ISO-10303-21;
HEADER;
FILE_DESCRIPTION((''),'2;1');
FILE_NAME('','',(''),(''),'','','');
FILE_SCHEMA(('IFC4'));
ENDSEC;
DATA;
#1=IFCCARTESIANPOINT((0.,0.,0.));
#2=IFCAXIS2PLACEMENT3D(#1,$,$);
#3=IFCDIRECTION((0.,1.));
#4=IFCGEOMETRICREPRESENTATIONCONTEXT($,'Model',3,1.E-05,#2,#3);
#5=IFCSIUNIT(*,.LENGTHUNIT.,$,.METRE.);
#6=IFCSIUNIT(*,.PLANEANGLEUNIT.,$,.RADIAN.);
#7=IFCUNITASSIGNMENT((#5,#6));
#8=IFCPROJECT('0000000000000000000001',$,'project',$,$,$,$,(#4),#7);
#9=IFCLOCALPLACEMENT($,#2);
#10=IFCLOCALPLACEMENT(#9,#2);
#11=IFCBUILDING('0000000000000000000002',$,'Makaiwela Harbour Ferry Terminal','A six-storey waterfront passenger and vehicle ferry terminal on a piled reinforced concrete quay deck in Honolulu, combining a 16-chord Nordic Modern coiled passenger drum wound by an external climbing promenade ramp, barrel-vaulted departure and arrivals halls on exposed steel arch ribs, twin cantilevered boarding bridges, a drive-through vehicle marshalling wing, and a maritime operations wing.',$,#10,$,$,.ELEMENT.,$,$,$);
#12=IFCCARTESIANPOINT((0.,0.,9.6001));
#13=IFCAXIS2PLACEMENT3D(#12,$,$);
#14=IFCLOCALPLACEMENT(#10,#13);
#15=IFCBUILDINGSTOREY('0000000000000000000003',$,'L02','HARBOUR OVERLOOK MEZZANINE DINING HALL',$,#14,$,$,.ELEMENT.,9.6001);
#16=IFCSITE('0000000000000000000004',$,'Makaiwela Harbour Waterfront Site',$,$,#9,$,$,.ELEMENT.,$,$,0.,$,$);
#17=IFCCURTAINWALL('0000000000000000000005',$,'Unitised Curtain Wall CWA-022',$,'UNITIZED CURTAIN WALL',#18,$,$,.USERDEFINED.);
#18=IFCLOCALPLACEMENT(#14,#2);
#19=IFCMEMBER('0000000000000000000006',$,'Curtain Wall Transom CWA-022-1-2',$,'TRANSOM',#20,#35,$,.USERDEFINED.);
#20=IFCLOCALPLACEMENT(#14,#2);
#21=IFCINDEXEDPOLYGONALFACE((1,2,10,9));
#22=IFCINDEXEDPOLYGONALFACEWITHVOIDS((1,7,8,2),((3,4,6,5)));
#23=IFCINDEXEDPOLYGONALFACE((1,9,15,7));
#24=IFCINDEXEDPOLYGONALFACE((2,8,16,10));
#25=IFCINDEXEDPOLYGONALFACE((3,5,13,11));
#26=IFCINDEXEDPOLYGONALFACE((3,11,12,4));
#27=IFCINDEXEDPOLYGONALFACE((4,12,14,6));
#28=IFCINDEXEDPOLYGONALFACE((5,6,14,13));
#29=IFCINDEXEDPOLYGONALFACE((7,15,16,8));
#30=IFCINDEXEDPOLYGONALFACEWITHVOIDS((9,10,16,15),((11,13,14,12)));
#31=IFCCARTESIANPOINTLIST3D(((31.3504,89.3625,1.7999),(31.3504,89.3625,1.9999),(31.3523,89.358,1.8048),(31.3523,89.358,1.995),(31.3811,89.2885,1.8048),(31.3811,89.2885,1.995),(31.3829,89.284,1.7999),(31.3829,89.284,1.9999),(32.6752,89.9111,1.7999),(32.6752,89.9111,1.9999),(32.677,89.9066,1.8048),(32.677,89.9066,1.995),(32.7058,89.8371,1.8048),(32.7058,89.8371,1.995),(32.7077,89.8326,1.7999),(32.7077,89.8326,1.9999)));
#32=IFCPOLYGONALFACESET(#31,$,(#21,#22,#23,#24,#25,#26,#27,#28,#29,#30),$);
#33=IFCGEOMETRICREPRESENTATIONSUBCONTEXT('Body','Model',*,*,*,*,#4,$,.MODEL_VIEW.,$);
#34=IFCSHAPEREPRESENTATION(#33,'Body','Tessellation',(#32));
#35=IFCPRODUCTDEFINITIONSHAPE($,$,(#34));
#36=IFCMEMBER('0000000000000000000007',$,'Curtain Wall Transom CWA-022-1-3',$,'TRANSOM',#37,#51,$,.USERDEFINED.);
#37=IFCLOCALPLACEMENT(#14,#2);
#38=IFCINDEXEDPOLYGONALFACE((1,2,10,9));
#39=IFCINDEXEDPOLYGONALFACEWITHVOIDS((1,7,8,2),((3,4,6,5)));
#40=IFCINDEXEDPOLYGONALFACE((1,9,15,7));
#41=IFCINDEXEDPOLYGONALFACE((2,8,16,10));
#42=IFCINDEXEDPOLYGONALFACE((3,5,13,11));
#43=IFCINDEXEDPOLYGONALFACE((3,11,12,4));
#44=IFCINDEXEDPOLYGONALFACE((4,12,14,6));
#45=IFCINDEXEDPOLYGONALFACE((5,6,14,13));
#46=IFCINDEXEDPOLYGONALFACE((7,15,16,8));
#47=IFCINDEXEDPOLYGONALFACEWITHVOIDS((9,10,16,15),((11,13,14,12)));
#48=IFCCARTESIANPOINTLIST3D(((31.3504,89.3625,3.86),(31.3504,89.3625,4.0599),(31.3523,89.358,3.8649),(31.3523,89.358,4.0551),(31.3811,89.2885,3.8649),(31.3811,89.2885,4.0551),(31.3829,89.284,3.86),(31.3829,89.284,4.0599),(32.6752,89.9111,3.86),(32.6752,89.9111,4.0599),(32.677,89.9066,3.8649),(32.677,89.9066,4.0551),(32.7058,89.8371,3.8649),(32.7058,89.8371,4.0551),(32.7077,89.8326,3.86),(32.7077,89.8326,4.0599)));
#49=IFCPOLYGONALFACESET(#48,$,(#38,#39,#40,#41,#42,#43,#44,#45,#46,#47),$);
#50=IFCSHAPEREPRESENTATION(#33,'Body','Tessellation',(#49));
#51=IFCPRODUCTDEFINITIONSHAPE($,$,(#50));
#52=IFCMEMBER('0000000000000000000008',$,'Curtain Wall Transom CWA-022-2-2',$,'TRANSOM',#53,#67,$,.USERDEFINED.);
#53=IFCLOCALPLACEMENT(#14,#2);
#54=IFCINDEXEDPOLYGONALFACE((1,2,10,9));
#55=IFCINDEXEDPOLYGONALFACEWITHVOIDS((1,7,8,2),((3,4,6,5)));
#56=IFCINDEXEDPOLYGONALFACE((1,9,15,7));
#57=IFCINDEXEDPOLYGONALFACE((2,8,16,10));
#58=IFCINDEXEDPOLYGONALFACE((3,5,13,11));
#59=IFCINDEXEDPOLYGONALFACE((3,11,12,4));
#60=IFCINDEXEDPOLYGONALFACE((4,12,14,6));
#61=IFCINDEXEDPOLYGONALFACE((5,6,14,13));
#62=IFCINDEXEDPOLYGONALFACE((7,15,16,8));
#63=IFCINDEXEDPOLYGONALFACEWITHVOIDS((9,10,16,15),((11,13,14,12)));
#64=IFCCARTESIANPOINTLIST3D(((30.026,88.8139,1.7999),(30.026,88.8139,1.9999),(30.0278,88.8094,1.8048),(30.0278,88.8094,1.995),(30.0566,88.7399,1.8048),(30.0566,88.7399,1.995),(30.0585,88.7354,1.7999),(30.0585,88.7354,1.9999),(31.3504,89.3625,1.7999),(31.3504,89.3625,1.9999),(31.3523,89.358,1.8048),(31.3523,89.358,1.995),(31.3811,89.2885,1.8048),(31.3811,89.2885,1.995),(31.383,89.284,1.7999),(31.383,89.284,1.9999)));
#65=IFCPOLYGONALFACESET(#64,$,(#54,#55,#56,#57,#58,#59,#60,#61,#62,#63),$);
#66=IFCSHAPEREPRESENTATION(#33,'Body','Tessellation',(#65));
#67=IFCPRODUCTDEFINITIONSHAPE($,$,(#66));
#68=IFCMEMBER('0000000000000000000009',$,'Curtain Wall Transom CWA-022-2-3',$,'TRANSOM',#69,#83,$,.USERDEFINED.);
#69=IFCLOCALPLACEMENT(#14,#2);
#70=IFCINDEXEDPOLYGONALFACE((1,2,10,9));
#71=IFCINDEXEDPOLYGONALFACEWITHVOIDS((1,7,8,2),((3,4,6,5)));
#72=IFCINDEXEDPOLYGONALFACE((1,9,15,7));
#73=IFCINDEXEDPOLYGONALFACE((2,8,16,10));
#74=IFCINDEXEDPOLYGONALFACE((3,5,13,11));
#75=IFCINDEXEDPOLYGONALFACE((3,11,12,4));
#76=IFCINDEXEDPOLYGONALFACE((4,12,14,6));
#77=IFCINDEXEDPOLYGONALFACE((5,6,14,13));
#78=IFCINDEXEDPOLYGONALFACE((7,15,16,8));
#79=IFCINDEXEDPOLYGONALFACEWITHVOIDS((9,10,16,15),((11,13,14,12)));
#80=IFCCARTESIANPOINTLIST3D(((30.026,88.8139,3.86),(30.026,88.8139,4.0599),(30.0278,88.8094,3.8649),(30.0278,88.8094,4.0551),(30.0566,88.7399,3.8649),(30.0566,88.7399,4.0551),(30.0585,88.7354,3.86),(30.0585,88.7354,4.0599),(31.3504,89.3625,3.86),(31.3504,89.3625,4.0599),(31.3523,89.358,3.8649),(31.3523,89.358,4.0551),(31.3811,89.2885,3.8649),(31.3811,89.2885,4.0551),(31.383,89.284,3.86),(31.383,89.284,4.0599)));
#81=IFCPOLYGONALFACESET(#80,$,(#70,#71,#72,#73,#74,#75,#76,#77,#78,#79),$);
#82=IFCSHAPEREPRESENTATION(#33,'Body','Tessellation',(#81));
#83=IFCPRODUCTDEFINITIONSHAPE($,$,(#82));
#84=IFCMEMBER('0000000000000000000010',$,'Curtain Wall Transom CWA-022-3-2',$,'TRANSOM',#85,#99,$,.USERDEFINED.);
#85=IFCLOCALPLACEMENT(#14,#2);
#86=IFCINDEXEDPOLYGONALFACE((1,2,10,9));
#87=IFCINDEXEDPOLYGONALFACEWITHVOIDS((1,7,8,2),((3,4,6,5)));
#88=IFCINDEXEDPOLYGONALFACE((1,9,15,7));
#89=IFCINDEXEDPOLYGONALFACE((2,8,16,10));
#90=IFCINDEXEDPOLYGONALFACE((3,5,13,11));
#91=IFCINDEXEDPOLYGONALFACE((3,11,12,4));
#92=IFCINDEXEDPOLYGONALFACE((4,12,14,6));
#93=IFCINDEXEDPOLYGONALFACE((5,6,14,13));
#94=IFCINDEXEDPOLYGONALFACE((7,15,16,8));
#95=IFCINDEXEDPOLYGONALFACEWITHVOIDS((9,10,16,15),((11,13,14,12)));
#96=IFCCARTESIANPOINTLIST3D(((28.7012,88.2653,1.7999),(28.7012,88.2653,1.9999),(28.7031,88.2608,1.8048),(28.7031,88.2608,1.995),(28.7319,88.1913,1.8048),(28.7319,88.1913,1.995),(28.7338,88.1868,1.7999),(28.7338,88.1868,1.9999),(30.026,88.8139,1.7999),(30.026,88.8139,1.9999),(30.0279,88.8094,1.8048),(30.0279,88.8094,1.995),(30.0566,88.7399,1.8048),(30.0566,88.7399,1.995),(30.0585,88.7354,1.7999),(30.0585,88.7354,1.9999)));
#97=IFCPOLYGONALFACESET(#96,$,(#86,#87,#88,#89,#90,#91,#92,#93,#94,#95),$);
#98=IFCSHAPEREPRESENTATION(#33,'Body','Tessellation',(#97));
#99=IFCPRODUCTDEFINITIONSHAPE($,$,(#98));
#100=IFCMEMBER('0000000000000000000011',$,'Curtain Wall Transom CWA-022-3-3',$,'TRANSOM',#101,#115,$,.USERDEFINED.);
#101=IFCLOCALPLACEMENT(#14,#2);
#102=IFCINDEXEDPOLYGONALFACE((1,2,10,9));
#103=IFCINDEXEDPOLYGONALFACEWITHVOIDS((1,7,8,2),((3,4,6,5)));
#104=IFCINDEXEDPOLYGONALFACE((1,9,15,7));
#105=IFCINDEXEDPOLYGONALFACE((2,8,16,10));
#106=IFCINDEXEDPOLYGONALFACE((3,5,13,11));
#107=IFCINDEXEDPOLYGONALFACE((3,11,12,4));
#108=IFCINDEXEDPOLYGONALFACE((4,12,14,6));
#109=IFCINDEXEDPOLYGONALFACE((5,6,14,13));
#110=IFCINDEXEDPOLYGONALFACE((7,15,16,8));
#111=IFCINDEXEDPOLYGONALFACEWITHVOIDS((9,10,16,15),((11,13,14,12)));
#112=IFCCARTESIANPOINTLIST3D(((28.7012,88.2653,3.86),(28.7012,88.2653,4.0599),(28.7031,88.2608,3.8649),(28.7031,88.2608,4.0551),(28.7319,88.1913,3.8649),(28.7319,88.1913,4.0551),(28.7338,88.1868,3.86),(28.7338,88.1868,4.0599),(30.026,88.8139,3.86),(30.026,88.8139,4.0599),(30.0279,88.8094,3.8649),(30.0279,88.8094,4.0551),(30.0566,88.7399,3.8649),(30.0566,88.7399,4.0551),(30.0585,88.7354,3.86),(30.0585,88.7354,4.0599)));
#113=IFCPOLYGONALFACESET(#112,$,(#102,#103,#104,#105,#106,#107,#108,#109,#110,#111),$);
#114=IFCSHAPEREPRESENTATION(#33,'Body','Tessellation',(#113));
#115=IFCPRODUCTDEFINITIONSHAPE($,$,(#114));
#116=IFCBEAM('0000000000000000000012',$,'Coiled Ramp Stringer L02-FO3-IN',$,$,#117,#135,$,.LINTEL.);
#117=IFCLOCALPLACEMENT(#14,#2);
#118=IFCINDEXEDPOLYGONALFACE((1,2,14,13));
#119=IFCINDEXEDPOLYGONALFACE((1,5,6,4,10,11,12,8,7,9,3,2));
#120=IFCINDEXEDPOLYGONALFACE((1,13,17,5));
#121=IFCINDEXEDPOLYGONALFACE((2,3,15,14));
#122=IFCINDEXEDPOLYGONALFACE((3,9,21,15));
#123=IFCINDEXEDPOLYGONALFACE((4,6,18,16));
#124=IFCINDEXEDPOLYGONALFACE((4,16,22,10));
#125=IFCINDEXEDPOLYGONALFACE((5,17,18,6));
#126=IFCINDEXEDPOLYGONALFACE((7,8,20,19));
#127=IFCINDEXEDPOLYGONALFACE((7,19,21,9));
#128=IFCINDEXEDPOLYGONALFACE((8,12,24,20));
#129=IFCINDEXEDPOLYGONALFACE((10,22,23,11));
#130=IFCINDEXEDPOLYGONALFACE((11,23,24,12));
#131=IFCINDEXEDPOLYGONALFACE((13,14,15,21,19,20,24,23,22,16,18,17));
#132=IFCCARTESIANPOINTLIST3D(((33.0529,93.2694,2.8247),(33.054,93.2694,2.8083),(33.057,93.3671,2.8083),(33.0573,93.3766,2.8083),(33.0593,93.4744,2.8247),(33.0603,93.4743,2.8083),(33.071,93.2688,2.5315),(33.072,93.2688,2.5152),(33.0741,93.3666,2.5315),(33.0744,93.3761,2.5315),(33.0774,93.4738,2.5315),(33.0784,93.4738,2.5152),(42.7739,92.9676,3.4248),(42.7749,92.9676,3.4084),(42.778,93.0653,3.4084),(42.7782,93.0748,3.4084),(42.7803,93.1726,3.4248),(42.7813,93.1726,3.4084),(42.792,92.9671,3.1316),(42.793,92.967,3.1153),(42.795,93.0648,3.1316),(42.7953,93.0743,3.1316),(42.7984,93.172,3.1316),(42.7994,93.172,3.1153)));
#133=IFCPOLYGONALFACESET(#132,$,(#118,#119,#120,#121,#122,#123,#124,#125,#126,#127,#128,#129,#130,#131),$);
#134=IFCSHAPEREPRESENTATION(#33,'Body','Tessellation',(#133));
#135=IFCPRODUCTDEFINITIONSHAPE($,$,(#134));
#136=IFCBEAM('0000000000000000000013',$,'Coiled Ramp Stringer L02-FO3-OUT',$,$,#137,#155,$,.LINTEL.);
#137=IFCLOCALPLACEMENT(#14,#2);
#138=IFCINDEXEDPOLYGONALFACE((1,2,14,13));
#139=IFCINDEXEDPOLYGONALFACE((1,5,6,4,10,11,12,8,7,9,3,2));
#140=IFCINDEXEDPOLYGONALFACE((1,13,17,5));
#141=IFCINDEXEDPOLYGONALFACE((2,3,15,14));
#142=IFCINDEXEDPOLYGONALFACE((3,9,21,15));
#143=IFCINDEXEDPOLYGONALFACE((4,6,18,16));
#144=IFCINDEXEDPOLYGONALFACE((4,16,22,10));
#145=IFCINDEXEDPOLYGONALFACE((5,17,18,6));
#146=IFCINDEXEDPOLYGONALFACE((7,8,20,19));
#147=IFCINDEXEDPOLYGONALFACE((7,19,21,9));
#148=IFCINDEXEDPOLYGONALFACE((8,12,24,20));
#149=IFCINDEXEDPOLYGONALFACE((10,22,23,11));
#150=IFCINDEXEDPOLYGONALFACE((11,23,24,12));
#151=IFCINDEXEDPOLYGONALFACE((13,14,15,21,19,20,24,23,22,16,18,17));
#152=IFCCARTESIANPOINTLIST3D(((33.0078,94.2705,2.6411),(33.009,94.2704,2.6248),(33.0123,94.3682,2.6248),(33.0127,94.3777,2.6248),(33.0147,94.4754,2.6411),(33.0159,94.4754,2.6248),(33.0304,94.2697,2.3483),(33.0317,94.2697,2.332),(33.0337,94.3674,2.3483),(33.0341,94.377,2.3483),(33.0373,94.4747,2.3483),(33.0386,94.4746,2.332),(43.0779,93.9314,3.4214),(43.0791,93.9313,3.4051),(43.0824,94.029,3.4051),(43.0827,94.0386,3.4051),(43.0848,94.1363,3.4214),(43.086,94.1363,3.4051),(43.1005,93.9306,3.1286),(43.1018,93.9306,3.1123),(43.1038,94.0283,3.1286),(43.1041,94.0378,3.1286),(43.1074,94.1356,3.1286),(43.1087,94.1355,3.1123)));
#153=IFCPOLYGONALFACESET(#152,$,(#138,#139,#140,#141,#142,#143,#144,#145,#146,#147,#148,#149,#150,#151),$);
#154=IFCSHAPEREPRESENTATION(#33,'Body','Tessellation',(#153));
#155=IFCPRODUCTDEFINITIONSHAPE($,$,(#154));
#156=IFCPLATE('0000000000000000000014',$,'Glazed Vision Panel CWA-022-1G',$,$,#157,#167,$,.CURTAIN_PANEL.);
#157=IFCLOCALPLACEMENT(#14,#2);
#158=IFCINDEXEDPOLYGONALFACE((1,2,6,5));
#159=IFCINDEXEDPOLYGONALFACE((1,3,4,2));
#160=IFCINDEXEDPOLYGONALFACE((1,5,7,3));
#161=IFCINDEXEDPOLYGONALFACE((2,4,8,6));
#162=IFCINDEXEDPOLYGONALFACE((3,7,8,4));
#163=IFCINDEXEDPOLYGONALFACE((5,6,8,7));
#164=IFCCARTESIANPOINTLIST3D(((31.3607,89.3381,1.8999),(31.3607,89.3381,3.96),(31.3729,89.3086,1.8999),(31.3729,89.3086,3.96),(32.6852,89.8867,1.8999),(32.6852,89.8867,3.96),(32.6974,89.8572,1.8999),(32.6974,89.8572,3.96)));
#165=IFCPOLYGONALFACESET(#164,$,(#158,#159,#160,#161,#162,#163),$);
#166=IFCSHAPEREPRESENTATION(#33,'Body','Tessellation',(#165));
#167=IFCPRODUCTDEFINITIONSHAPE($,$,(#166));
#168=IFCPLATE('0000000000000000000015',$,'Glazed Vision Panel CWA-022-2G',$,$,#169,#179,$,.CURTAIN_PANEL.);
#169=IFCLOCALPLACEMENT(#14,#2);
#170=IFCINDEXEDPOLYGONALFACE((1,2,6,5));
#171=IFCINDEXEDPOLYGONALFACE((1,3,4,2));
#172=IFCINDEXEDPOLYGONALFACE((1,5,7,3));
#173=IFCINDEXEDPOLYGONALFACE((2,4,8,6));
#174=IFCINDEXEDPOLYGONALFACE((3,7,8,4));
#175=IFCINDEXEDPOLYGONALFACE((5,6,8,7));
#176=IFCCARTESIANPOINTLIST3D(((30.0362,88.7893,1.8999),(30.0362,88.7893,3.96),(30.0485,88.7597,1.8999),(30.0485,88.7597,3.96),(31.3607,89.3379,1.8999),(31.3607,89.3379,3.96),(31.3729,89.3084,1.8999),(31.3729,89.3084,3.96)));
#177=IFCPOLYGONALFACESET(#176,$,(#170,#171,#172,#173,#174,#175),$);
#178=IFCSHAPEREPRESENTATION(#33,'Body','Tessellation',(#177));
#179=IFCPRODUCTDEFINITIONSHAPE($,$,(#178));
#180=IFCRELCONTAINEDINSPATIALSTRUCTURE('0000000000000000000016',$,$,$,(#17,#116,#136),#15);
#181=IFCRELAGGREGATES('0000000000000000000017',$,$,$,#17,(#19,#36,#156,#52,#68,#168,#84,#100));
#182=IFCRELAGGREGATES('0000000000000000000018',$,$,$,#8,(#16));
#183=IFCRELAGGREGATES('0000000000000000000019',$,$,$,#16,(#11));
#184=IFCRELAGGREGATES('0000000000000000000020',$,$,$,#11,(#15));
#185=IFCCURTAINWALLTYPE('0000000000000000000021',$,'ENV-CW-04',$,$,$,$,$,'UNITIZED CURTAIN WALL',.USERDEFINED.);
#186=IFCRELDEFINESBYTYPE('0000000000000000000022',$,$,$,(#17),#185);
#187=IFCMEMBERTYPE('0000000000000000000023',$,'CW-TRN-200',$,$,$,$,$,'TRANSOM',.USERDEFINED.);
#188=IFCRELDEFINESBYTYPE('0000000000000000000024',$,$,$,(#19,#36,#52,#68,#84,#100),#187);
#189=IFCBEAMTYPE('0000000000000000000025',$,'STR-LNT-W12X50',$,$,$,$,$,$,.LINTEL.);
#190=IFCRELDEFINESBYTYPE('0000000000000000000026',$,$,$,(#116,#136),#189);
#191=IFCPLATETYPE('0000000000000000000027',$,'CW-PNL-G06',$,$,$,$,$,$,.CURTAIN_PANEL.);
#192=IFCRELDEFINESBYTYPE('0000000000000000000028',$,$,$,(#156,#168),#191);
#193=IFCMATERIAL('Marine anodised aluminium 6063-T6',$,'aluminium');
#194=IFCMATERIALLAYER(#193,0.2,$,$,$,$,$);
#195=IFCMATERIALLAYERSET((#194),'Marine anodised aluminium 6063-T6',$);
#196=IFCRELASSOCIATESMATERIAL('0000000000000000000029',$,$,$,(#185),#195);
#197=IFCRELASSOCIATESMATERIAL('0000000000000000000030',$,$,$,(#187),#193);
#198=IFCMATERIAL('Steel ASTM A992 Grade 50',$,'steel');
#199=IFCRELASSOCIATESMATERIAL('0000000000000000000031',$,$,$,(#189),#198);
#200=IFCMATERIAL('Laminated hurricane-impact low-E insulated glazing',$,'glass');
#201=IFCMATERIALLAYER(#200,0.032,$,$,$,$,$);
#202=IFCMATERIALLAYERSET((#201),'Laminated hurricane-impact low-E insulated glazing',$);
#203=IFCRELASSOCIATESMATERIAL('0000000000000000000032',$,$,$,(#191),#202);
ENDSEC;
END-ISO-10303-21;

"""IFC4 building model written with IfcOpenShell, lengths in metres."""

from ifc_helpers import new_model, si_unit, direction, frame, origin, origin_2d, place, context, subcontext, project, spatial, rectangle, hollow_rectangle, i_section, extrude, material, layer, layer_set, material_profile, profile_set, type_object, element, aggregate, save


model = new_model("IFC4")

# Units and contexts
model_context = context("Model", 3, precision=1e-05, world=origin(), true_north=direction((0.0, 1.0)))
body_context = subcontext(model_context, "Body", "Model", "MODEL_VIEW")
ifc_project = project(units=[si_unit("LENGTHUNIT", "METRE"), si_unit("PLANEANGLEUNIT", "RADIAN")], contexts=[model_context])

# Site, building, storey
site_placement = place(None, origin())
site = spatial("IfcSite", under=ifc_project, at=site_placement, Name="Makaiwela Harbour Waterfront Site", CompositionType="ELEMENT", RefElevation=0.0)
building_placement = place(site_placement, origin())
building = spatial("IfcBuilding", under=site, at=building_placement, Name="Makaiwela Harbour Ferry Terminal", Description="A six-storey waterfront passenger and vehicle ferry terminal on a piled reinforced concrete quay deck in Honolulu, combining a 16-chord Nordic Modern coiled passenger drum wound by an external climbing promenade ramp, barrel-vaulted departure and arrivals halls on exposed steel arch ribs, twin cantilevered boarding bridges, a drive-through vehicle marshalling wing, and a maritime operations wing.", CompositionType="ELEMENT")
storey_placement = place(building_placement, frame((0.0, 0.0, 9.6001)))
storey = spatial("IfcBuildingStorey", under=building, at=storey_placement, Name="L02", Description="HARBOUR OVERLOOK MEZZANINE DINING HALL", CompositionType="ELEMENT", Elevation=9.6001)

# Curtain wall, members
ifc_material_1 = material(Name="Marine anodised aluminium 6063-T6", Category="aluminium")
ifc_layer_1 = layer(ifc_material_1, 0.2)
ifc_layer_set_1 = layer_set([ifc_layer_1], Name="Marine anodised aluminium 6063-T6")
curtain_wall_type = type_object("IfcCurtainWallType", Name="ENV-CW-04", ElementType="UNITIZED CURTAIN WALL", PredefinedType="USERDEFINED", material=ifc_layer_set_1)
curtain_wall_placement = place(storey_placement, origin())
curtain_wall = element("IfcCurtainWall", 1, at=curtain_wall_placement, inside=storey, type_object=curtain_wall_type, Name="Unitised Curtain Wall CWA-022", ObjectType="UNITIZED CURTAIN WALL", PredefinedType="USERDEFINED")
ifc_material_profile_1 = material_profile(ifc_material_1, hollow_rectangle(XDim=0.085, YDim=0.2, WallThickness=0.0049, at=origin_2d()), Name="CWT-200X85")
ifc_profile_set_1 = profile_set([ifc_material_profile_1], Name="Marine anodised aluminium 6063-T6")
member_type = type_object("IfcMemberType", Name="CW-TRN-200", ElementType="TRANSOM", PredefinedType="USERDEFINED", material=ifc_profile_set_1)
member_1_placement = place(storey_placement, frame((32.6914, 89.8718, 1.8999), z_axis=(-0.923911, -0.382607, 0.0), x_axis=(0.382607, -0.923911, 0.0)))
member_1 = element("IfcMember", 2, at=member_1_placement, type_object=member_type, Name="Curtain Wall Transom CWA-022-1-2", ObjectType="TRANSOM", PredefinedType="USERDEFINED", context=body_context, shape_type="SweptSolid", body=[
    extrude(hollow_rectangle(XDim=0.085, YDim=0.2, WallThickness=0.0049, at=origin_2d()), origin(), (0.0, 0.0, 1.0), 1.4338),
])
member_2_placement = place(storey_placement, frame((32.6914, 89.8718, 3.96), z_axis=(-0.923911, -0.382607, 0.0), x_axis=(0.382607, -0.923911, 0.0)))
member_2 = element("IfcMember", 3, at=member_2_placement, type_object=member_type, Name="Curtain Wall Transom CWA-022-1-3", ObjectType="TRANSOM", PredefinedType="USERDEFINED", context=body_context, shape_type="SweptSolid", body=[
    extrude(hollow_rectangle(XDim=0.085, YDim=0.2, WallThickness=0.0049, at=origin_2d()), origin(), (0.0, 0.0, 1.0), 1.4338),
])
member_3_placement = place(storey_placement, frame((31.3667, 89.3232, 1.8999), z_axis=(-0.923886, -0.382668, 0.0), x_axis=(0.382668, -0.923886, 0.0)))
member_3 = element("IfcMember", 4, at=member_3_placement, type_object=member_type, Name="Curtain Wall Transom CWA-022-2-2", ObjectType="TRANSOM", PredefinedType="USERDEFINED", context=body_context, shape_type="SweptSolid", body=[
    extrude(hollow_rectangle(XDim=0.085, YDim=0.2, WallThickness=0.0049, at=origin_2d()), origin(), (0.0, 0.0, 1.0), 1.4336),
])
member_4_placement = place(storey_placement, frame((31.3667, 89.3232, 3.96), z_axis=(-0.923886, -0.382668, 0.0), x_axis=(0.382668, -0.923886, 0.0)))
member_4 = element("IfcMember", 5, at=member_4_placement, type_object=member_type, Name="Curtain Wall Transom CWA-022-2-3", ObjectType="TRANSOM", PredefinedType="USERDEFINED", context=body_context, shape_type="SweptSolid", body=[
    extrude(hollow_rectangle(XDim=0.085, YDim=0.2, WallThickness=0.0049, at=origin_2d()), origin(), (0.0, 0.0, 1.0), 1.4336),
])
member_5_placement = place(storey_placement, frame((30.0422, 88.7747, 1.8999), z_axis=(-0.923911, -0.382607, 0.0), x_axis=(0.382607, -0.923911, 0.0)))
member_5 = element("IfcMember", 6, at=member_5_placement, type_object=member_type, Name="Curtain Wall Transom CWA-022-3-2", ObjectType="TRANSOM", PredefinedType="USERDEFINED", context=body_context, shape_type="SweptSolid", body=[
    extrude(hollow_rectangle(XDim=0.085, YDim=0.2, WallThickness=0.0049, at=origin_2d()), origin(), (0.0, 0.0, 1.0), 1.4338),
])
member_6_placement = place(storey_placement, frame((30.0422, 88.7747, 3.96), z_axis=(-0.923911, -0.382607, 0.0), x_axis=(0.382607, -0.923911, 0.0)))
member_6 = element("IfcMember", 7, at=member_6_placement, type_object=member_type, Name="Curtain Wall Transom CWA-022-3-3", ObjectType="TRANSOM", PredefinedType="USERDEFINED", context=body_context, shape_type="SweptSolid", body=[
    extrude(hollow_rectangle(XDim=0.085, YDim=0.2, WallThickness=0.0049, at=origin_2d()), origin(), (0.0, 0.0, 1.0), 1.4338),
])

# Beams
ifc_material_2 = material(Name="Steel ASTM A992 Grade 50", Category="steel")
ifc_material_profile_2 = material_profile(ifc_material_2, i_section(OverallWidth=0.2051, OverallDepth=0.3101, WebThickness=0.0095, FlangeThickness=0.0164, at=origin_2d()), Name="W12X50")
ifc_profile_set_2 = profile_set([ifc_material_profile_2], Name="Steel ASTM A992 Grade 50")
beam_type = type_object("IfcBeamType", Name="STR-LNT-W12X50", PredefinedType="LINTEL", material=ifc_profile_set_2)
beam_1_placement = place(storey_placement, frame((33.0657, 93.3716, 2.6699), z_axis=(0.997621, -0.030968, 0.061586), x_axis=(0.031027, 0.999519, 0.0)))
element("IfcBeam", 8, at=beam_1_placement, inside=storey, type_object=beam_type, Name="Coiled Ramp Stringer L02-FO3-IN", PredefinedType="LINTEL", context=body_context, shape_type="SweptSolid", body=[
    extrude(i_section(OverallWidth=0.2051, OverallDepth=0.3101, WebThickness=0.0095, FlangeThickness=0.0164, at=origin_2d()), origin(), (0.0, 0.0, 1.0), 9.7441),
])
beam_2_placement = place(storey_placement, frame((33.0232, 94.3726, 2.4866), z_axis=(0.99645, -0.033556, 0.077209), x_axis=(0.033656, 0.999433, 0.0)))
element("IfcBeam", 9, at=beam_2_placement, inside=storey, type_object=beam_type, Name="Coiled Ramp Stringer L02-FO3-OUT", PredefinedType="LINTEL", context=body_context, shape_type="SweptSolid", body=[
    extrude(i_section(OverallWidth=0.2051, OverallDepth=0.3101, WebThickness=0.0095, FlangeThickness=0.0164, at=origin_2d()), origin(), (0.0, 0.0, 1.0), 10.106),
])

# Plates
ifc_material_3 = material(Name="Laminated hurricane-impact low-E insulated glazing", Category="glass")
ifc_layer_2 = layer(ifc_material_3, 0.032)
ifc_layer_set_2 = layer_set([ifc_layer_2], Name="Laminated hurricane-impact low-E insulated glazing")
plate_type_1 = type_object("IfcPlateType", Name="CW-PNL-G06", PredefinedType="CURTAIN_PANEL", material=ifc_layer_set_2)
plate_1_placement = place(storey_placement, frame((32.0291, 89.5977, 1.8999), z_axis=(0.0, 0.0, 1.0), x_axis=(-0.92388, -0.382683, 0.0)))
plate_1 = element("IfcPlate", 10, at=plate_1_placement, type_object=plate_type_1, Name="Glazed Vision Panel CWA-022-1G", PredefinedType="CURTAIN_PANEL", context=body_context, shape_type="SweptSolid", body=[
    extrude(rectangle(XDim=1.4336, YDim=0.032, at=origin_2d()), origin(), (0.0, 0.0, 1.0), 2.0601),
])
plate_2_placement = place(storey_placement, frame((30.7046, 89.0488, 1.8999), z_axis=(0.0, 0.0, 1.0), x_axis=(-0.92388, -0.382683, 0.0)))
plate_2 = element("IfcPlate", 11, at=plate_2_placement, type_object=plate_type_1, Name="Glazed Vision Panel CWA-022-2G", PredefinedType="CURTAIN_PANEL", context=body_context, shape_type="SweptSolid", body=[
    extrude(rectangle(XDim=1.4336, YDim=0.032, at=origin_2d()), origin(), (0.0, 0.0, 1.0), 2.0601),
])
aggregate(curtain_wall, [member_1, member_2, plate_1, member_3, member_4, plate_2, member_5, member_6])

save(model, "model.ifc")
